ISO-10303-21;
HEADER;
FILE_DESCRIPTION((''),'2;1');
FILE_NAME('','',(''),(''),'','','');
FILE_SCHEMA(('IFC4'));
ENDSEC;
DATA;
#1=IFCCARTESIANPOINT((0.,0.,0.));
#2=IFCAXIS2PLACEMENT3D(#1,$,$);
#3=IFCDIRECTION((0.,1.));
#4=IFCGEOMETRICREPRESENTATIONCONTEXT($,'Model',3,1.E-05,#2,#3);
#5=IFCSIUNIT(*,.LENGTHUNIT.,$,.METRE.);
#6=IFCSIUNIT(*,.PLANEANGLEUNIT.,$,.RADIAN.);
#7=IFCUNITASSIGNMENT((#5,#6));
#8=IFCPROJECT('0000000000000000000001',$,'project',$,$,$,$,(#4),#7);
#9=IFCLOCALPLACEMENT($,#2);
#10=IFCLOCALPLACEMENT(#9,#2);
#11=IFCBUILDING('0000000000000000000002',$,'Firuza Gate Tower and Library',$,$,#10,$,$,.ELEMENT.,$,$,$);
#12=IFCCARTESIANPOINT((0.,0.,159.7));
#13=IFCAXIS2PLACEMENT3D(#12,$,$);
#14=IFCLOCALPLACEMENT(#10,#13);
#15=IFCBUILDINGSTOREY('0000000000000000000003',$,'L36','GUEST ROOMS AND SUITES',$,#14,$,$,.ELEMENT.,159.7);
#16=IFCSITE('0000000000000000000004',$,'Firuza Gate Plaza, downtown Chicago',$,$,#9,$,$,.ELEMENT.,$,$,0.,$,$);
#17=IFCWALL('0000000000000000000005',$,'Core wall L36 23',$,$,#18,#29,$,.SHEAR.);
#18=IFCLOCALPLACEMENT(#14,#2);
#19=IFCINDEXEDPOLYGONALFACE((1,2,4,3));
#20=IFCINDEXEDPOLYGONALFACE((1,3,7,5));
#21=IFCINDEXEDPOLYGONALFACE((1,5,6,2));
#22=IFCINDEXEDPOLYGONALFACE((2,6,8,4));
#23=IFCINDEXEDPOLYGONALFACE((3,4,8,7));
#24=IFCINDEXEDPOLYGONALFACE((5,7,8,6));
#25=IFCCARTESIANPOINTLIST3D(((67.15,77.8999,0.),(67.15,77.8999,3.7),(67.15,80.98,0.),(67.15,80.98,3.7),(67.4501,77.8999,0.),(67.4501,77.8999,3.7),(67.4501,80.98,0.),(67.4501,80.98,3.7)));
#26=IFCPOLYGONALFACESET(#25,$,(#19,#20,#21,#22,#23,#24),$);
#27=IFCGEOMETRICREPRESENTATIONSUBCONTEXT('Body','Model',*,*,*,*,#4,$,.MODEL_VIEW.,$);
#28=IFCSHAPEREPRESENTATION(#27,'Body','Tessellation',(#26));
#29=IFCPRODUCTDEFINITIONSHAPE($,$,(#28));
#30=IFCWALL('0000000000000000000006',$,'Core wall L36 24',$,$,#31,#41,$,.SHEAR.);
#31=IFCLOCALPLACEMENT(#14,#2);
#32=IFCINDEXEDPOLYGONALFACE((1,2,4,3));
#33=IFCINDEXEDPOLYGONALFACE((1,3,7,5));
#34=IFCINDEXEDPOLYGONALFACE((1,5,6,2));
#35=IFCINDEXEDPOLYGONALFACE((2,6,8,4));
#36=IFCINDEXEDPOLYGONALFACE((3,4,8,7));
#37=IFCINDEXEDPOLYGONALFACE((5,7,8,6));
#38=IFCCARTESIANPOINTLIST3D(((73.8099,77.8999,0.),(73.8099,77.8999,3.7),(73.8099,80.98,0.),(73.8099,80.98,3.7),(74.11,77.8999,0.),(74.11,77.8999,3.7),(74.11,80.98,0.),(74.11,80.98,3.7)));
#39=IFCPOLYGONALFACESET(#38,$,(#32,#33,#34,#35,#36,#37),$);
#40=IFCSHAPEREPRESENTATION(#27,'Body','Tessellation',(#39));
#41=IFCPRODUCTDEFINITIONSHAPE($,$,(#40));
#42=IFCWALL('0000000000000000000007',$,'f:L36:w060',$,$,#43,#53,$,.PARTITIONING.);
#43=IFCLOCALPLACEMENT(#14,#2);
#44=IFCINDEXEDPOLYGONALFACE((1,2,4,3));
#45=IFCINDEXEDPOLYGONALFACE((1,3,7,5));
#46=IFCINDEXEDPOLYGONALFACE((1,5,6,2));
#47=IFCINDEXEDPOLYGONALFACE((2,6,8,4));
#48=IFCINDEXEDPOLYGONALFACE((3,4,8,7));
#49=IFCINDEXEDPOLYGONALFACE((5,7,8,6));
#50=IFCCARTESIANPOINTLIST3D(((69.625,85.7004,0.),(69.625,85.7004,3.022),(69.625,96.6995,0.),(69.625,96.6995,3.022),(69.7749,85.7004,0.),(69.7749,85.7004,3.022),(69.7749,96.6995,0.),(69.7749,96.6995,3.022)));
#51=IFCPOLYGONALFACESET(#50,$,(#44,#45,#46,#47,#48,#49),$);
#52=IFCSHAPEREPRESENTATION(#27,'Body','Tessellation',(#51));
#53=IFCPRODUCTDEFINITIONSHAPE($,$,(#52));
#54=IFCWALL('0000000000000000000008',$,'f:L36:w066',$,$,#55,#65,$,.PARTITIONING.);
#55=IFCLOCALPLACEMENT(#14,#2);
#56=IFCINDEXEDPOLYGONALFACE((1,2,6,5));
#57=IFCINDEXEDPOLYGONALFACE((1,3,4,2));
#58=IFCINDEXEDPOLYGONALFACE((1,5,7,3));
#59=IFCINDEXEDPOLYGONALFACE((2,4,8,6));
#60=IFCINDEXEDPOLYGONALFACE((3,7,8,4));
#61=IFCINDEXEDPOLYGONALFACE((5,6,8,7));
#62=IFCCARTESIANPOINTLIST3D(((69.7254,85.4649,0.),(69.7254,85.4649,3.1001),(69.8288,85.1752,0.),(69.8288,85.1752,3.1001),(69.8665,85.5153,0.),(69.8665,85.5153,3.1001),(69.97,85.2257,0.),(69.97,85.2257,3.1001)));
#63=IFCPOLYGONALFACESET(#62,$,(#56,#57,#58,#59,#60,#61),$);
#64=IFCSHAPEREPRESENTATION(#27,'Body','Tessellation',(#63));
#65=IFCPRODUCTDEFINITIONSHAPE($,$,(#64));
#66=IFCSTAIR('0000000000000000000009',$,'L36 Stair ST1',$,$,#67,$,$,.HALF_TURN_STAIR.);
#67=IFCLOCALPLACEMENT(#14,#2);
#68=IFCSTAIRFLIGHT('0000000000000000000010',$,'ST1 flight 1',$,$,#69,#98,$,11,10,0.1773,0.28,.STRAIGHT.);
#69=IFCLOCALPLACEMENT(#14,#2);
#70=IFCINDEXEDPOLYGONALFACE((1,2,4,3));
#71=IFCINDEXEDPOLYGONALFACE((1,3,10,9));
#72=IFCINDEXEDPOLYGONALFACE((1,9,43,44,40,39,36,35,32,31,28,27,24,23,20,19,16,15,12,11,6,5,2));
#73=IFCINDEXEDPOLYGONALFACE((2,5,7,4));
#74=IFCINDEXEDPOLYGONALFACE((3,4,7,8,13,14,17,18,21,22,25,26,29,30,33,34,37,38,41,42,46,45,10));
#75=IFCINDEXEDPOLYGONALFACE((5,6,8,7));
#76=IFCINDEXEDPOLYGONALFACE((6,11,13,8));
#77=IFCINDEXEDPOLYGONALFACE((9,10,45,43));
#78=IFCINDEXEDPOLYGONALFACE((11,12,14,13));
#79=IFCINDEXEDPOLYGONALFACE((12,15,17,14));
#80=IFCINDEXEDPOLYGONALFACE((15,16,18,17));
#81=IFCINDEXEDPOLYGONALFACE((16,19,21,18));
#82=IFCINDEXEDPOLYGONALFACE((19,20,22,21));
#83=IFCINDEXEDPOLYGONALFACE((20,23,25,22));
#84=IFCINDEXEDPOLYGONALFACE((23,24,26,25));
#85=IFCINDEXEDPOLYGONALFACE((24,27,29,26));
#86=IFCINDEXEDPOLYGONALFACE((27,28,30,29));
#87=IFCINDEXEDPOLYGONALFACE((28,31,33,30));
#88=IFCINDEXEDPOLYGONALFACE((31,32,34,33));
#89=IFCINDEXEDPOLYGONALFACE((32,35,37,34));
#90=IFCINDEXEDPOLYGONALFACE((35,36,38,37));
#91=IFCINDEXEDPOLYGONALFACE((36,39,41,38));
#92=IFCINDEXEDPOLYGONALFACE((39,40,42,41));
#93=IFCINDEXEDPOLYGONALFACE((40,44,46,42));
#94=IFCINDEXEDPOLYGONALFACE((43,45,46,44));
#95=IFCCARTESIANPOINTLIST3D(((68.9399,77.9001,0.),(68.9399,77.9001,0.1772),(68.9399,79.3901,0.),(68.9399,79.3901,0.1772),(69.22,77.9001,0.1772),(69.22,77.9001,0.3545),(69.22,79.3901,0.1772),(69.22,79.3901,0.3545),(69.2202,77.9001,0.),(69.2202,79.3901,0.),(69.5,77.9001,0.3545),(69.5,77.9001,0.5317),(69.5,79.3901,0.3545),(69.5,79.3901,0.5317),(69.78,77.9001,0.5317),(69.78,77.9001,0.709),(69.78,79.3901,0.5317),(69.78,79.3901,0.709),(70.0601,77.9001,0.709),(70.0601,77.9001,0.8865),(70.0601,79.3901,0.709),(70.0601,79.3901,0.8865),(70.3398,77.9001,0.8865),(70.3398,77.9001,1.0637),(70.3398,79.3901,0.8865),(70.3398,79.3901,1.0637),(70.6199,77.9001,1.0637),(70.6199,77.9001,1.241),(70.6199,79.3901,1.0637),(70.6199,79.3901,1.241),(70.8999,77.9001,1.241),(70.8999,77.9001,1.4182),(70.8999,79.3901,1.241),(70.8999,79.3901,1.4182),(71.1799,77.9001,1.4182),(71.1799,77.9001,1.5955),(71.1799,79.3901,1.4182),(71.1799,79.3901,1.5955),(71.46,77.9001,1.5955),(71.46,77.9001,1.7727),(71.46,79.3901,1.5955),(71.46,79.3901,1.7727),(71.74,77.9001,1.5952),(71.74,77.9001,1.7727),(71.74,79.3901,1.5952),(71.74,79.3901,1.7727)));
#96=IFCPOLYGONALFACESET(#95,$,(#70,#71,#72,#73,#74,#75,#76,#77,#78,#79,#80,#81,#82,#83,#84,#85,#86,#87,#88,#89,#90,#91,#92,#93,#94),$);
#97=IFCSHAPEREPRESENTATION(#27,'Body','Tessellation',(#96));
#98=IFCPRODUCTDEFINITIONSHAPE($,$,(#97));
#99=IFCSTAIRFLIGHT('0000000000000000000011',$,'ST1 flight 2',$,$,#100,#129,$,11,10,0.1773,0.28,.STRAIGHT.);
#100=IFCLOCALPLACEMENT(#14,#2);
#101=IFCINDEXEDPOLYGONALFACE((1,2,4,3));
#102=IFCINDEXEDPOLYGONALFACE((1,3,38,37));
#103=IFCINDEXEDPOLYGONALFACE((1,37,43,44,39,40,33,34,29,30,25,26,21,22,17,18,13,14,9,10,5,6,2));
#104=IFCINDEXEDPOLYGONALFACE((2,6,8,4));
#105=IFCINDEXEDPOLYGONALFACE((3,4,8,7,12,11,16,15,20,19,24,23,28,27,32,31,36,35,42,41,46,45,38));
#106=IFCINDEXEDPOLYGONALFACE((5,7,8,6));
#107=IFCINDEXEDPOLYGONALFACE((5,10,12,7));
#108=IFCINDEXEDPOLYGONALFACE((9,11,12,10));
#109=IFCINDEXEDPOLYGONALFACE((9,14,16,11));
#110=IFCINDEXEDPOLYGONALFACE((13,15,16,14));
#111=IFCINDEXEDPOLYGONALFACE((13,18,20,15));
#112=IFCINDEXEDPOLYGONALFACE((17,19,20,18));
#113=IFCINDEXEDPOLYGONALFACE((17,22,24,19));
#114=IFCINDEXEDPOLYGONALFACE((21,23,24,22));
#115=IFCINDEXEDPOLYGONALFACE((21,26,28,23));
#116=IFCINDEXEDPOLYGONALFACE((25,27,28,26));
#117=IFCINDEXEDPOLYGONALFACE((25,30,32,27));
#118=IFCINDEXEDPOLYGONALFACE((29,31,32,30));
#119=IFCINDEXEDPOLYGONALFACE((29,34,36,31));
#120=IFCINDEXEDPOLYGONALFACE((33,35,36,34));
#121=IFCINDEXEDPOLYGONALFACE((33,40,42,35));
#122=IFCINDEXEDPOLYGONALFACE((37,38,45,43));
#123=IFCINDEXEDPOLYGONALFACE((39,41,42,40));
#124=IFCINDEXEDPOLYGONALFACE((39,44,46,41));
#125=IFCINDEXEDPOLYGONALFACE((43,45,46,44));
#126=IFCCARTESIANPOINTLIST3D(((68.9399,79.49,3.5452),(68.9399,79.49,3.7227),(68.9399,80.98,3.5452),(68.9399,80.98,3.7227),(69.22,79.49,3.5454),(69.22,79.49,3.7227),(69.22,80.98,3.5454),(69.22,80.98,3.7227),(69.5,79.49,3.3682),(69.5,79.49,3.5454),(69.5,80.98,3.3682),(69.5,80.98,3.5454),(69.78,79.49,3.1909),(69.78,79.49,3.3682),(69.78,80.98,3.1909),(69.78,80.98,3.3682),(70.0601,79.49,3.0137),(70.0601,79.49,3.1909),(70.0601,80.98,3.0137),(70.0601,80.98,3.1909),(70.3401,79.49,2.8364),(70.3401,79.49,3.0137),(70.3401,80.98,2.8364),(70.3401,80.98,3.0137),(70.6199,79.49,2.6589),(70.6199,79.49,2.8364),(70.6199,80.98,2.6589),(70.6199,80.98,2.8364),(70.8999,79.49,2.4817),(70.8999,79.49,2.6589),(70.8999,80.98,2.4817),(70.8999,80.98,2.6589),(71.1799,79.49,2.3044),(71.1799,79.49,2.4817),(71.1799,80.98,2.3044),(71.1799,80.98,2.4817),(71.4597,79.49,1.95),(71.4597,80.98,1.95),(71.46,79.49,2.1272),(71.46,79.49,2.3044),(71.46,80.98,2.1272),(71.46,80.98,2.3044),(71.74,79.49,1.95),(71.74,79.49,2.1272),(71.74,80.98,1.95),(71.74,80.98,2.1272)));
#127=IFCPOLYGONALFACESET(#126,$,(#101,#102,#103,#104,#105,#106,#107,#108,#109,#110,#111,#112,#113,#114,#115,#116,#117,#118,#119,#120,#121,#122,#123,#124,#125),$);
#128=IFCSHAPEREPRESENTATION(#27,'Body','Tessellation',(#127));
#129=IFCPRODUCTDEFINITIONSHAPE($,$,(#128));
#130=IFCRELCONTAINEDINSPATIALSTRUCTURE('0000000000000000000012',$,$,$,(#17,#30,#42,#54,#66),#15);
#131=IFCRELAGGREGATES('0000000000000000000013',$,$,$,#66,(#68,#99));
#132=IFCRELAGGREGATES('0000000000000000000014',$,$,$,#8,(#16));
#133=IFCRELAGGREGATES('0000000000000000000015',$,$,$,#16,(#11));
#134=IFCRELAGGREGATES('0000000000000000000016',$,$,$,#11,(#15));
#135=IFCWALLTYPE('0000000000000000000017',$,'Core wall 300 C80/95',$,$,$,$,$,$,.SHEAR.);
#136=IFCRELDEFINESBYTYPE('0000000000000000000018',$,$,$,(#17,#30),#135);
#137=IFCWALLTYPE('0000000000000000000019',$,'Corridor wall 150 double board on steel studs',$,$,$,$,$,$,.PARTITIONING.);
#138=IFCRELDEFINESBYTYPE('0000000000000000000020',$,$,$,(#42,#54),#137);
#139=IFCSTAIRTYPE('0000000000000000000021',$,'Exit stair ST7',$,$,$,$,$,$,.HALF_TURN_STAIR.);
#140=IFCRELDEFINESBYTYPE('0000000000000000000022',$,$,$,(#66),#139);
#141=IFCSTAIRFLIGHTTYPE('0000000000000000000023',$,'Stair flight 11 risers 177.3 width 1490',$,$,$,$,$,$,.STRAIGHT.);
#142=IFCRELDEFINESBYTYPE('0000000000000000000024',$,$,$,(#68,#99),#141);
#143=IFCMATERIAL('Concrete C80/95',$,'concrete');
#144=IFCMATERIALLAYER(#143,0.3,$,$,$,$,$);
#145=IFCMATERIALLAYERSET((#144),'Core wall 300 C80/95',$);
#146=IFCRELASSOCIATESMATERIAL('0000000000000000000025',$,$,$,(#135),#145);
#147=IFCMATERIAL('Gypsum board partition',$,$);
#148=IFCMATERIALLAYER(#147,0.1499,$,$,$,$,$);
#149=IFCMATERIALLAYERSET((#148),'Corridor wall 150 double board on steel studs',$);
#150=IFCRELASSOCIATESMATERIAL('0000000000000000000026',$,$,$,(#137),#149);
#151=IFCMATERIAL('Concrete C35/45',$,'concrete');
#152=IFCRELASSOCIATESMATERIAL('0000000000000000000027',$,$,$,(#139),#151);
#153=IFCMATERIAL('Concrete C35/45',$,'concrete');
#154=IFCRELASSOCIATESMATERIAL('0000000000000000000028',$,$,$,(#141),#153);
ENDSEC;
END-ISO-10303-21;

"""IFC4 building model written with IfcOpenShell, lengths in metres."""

from ifc_helpers import new_model, si_unit, direction, frame, frame_2d, origin, place, context, subcontext, project, spatial, polyline, rectangle, outline, extrude, material, layer, layer_set, type_object, element, aggregate, save


model = new_model("IFC4")

# Units and contexts
model_context = context("Model", 3, precision=1e-05, world=origin(), true_north=direction((0.0, 1.0)))
body_context = subcontext(model_context, "Body", "Model", "MODEL_VIEW")
ifc_project = project(units=[si_unit("LENGTHUNIT", "METRE"), si_unit("PLANEANGLEUNIT", "RADIAN")], contexts=[model_context])

# Site, building, storey
site_placement = place(None, origin())
site = spatial("IfcSite", under=ifc_project, at=site_placement, Name="Firuza Gate Plaza, downtown Chicago", CompositionType="ELEMENT", RefElevation=0.0)
building_placement = place(site_placement, origin())
building = spatial("IfcBuilding", under=site, at=building_placement, Name="Firuza Gate Tower and Library", CompositionType="ELEMENT")
storey_placement = place(building_placement, frame((0.0, 0.0, 159.7)))
storey = spatial("IfcBuildingStorey", under=building, at=storey_placement, Name="L36", Description="GUEST ROOMS AND SUITES", CompositionType="ELEMENT", Elevation=159.7)

# Shared definitions
ifc_material_1 = material(Name="Concrete C80/95", Category="concrete")
ifc_layer_1 = layer(ifc_material_1, 0.3)
ifc_layer_set_1 = layer_set([ifc_layer_1], Name="Core wall 300 C80/95")
wall_type_1 = type_object("IfcWallType", Name="Core wall 300 C80/95", PredefinedType="SHEAR", material=ifc_layer_set_1)

# Walls
for number, where, z_axis, x_axis, name in (
    (1, (67.3, 77.8999, 0.0), (0.0, 0.0, 1.0), (0.0, 1.0, 0.0), "Core wall L36 23"),
    (2, (73.96, 77.8999, 0.0), (0.0, 0.0, 1.0), (0.0, 1.0, 0.0), "Core wall L36 24"),
):
    element("IfcWall", number, at=place(storey_placement, frame(where, z_axis=z_axis, x_axis=x_axis)), inside=storey, type_object=wall_type_1, Name=name, PredefinedType="SHEAR", context=body_context, shape_type="SweptSolid", body=[
        extrude(rectangle(XDim=3.0801, YDim=0.3, at=frame_2d((1.54, 0.0))), origin(), (0.0, 0.0, 1.0), 3.7),
    ])
ifc_material_2 = material(Name="Gypsum board partition")
ifc_layer_2 = layer(ifc_material_2, 0.1499)
ifc_layer_set_2 = layer_set([ifc_layer_2], Name="Corridor wall 150 double board on steel studs")
wall_type_2 = type_object("IfcWallType", Name="Corridor wall 150 double board on steel studs", PredefinedType="PARTITIONING", material=ifc_layer_set_2)
wall_1_placement = place(storey_placement, frame((69.7, 85.7004, 0.0), z_axis=(0.0, 0.0, 1.0), x_axis=(0.0, 1.0, 0.0)))
element("IfcWall", 3, at=wall_1_placement, inside=storey, type_object=wall_type_2, Name="f:L36:w060", PredefinedType="PARTITIONING", context=body_context, shape_type="SweptSolid", body=[
    extrude(rectangle(XDim=10.999, YDim=0.1499, at=frame_2d((5.4995, 0.0))), origin(), (0.0, 0.0, 1.0), 3.022),
])
wall_2_placement = place(storey_placement, frame((69.8994, 85.2004, 0.0), z_axis=(0.0, 0.0, 1.0), x_axis=(-0.336387, 0.941724, 0.0)))
element("IfcWall", 4, at=wall_2_placement, inside=storey, type_object=wall_type_2, Name="f:L36:w066", PredefinedType="PARTITIONING", context=body_context, shape_type="SweptSolid", body=[
    extrude(rectangle(XDim=0.3076, YDim=0.1499, at=frame_2d((0.1538, 0.0))), origin(), (0.0, 0.0, 1.0), 3.1001),
])

# Stair, stair flights
ifc_material_3 = material(Name="Concrete C35/45", Category="concrete")
stair_type = type_object("IfcStairType", Name="Exit stair ST7", PredefinedType="HALF_TURN_STAIR", material=ifc_material_3)
stair_placement = place(storey_placement, origin())
stair = element("IfcStair", 5, at=stair_placement, inside=storey, type_object=stair_type, Name="L36 Stair ST1", PredefinedType="HALF_TURN_STAIR")
ifc_material_4 = material(Name="Concrete C35/45", Category="concrete")
stair_flight_type = type_object("IfcStairFlightType", Name="Stair flight 11 risers 177.3 width 1490", PredefinedType="STRAIGHT", material=ifc_material_4)
stair_flight_1_placement = place(storey_placement, frame((68.9399, 78.645, 0.0), z_axis=(0.0, 0.0, 1.0), x_axis=(1.0, 0.0, 0.0)))
stair_flight_1 = element("IfcStairFlight", 6, at=stair_flight_1_placement, type_object=stair_flight_type, Name="ST1 flight 1", NumberOfRisers=11, NumberOfTreads=10, PredefinedType="STRAIGHT", RiserHeight=0.1773, TreadLength=0.28, context=body_context, shape_type="SweptSolid", body=[
    extrude(outline(polyline([(0.0, 0.0), (0.0, 0.1772), (0.28, 0.1772), (0.28, 0.3545), (0.5601, 0.3545), (0.5601, 0.5317), (0.8401, 0.5317), (0.8401, 0.709), (1.1201, 0.709), (1.1201, 0.8865), (1.3999, 0.8865), (1.3999, 1.0637), (1.6799, 1.0637), (1.6799, 1.241), (1.96, 1.241), (1.96, 1.4182), (2.24, 1.4182), (2.24, 1.5955), (2.52, 1.5955), (2.52, 1.7727), (2.8, 1.7727), (2.8, 1.95), (2.8, 1.5952), (0.2803, 0.0), (0.0, 0.0)])), frame((0.0, 0.7451, 0.0), z_axis=(0.0, -1.0, 0.0), x_axis=(1.0, 0.0, 0.0)), (0.0, 0.0, 1.0), 1.49),
])
stair_flight_2_placement = place(storey_placement, frame((71.74, 80.2351, 1.95), z_axis=(0.0, 0.0, 1.0), x_axis=(-1.0, 0.0, 0.0)))
stair_flight_2 = element("IfcStairFlight", 7, at=stair_flight_2_placement, type_object=stair_flight_type, Name="ST1 flight 2", NumberOfRisers=11, NumberOfTreads=10, PredefinedType="STRAIGHT", RiserHeight=0.1773, TreadLength=0.28, context=body_context, shape_type="SweptSolid", body=[
    extrude(outline(polyline([(0.0, 0.0), (0.0, 0.1772), (0.28, 0.1772), (0.28, 0.3545), (0.5601, 0.3545), (0.5601, 0.5317), (0.8401, 0.5317), (0.8401, 0.709), (1.1201, 0.709), (1.1201, 0.8865), (1.3999, 0.8865), (1.3999, 1.0637), (1.6799, 1.0637), (1.6799, 1.241), (1.96, 1.241), (1.96, 1.4182), (2.24, 1.4182), (2.24, 1.5955), (2.52, 1.5955), (2.52, 1.7727), (2.8, 1.7727), (2.8, 1.95), (2.8, 1.5952), (0.2803, 0.0), (0.0, 0.0)])), frame((0.0, 0.7451, 0.0), z_axis=(0.0, -1.0, 0.0), x_axis=(1.0, 0.0, 0.0)), (0.0, 0.0, 1.0), 1.49),
])
aggregate(stair, [stair_flight_1, stair_flight_2])

save(model, "model.ifc")
